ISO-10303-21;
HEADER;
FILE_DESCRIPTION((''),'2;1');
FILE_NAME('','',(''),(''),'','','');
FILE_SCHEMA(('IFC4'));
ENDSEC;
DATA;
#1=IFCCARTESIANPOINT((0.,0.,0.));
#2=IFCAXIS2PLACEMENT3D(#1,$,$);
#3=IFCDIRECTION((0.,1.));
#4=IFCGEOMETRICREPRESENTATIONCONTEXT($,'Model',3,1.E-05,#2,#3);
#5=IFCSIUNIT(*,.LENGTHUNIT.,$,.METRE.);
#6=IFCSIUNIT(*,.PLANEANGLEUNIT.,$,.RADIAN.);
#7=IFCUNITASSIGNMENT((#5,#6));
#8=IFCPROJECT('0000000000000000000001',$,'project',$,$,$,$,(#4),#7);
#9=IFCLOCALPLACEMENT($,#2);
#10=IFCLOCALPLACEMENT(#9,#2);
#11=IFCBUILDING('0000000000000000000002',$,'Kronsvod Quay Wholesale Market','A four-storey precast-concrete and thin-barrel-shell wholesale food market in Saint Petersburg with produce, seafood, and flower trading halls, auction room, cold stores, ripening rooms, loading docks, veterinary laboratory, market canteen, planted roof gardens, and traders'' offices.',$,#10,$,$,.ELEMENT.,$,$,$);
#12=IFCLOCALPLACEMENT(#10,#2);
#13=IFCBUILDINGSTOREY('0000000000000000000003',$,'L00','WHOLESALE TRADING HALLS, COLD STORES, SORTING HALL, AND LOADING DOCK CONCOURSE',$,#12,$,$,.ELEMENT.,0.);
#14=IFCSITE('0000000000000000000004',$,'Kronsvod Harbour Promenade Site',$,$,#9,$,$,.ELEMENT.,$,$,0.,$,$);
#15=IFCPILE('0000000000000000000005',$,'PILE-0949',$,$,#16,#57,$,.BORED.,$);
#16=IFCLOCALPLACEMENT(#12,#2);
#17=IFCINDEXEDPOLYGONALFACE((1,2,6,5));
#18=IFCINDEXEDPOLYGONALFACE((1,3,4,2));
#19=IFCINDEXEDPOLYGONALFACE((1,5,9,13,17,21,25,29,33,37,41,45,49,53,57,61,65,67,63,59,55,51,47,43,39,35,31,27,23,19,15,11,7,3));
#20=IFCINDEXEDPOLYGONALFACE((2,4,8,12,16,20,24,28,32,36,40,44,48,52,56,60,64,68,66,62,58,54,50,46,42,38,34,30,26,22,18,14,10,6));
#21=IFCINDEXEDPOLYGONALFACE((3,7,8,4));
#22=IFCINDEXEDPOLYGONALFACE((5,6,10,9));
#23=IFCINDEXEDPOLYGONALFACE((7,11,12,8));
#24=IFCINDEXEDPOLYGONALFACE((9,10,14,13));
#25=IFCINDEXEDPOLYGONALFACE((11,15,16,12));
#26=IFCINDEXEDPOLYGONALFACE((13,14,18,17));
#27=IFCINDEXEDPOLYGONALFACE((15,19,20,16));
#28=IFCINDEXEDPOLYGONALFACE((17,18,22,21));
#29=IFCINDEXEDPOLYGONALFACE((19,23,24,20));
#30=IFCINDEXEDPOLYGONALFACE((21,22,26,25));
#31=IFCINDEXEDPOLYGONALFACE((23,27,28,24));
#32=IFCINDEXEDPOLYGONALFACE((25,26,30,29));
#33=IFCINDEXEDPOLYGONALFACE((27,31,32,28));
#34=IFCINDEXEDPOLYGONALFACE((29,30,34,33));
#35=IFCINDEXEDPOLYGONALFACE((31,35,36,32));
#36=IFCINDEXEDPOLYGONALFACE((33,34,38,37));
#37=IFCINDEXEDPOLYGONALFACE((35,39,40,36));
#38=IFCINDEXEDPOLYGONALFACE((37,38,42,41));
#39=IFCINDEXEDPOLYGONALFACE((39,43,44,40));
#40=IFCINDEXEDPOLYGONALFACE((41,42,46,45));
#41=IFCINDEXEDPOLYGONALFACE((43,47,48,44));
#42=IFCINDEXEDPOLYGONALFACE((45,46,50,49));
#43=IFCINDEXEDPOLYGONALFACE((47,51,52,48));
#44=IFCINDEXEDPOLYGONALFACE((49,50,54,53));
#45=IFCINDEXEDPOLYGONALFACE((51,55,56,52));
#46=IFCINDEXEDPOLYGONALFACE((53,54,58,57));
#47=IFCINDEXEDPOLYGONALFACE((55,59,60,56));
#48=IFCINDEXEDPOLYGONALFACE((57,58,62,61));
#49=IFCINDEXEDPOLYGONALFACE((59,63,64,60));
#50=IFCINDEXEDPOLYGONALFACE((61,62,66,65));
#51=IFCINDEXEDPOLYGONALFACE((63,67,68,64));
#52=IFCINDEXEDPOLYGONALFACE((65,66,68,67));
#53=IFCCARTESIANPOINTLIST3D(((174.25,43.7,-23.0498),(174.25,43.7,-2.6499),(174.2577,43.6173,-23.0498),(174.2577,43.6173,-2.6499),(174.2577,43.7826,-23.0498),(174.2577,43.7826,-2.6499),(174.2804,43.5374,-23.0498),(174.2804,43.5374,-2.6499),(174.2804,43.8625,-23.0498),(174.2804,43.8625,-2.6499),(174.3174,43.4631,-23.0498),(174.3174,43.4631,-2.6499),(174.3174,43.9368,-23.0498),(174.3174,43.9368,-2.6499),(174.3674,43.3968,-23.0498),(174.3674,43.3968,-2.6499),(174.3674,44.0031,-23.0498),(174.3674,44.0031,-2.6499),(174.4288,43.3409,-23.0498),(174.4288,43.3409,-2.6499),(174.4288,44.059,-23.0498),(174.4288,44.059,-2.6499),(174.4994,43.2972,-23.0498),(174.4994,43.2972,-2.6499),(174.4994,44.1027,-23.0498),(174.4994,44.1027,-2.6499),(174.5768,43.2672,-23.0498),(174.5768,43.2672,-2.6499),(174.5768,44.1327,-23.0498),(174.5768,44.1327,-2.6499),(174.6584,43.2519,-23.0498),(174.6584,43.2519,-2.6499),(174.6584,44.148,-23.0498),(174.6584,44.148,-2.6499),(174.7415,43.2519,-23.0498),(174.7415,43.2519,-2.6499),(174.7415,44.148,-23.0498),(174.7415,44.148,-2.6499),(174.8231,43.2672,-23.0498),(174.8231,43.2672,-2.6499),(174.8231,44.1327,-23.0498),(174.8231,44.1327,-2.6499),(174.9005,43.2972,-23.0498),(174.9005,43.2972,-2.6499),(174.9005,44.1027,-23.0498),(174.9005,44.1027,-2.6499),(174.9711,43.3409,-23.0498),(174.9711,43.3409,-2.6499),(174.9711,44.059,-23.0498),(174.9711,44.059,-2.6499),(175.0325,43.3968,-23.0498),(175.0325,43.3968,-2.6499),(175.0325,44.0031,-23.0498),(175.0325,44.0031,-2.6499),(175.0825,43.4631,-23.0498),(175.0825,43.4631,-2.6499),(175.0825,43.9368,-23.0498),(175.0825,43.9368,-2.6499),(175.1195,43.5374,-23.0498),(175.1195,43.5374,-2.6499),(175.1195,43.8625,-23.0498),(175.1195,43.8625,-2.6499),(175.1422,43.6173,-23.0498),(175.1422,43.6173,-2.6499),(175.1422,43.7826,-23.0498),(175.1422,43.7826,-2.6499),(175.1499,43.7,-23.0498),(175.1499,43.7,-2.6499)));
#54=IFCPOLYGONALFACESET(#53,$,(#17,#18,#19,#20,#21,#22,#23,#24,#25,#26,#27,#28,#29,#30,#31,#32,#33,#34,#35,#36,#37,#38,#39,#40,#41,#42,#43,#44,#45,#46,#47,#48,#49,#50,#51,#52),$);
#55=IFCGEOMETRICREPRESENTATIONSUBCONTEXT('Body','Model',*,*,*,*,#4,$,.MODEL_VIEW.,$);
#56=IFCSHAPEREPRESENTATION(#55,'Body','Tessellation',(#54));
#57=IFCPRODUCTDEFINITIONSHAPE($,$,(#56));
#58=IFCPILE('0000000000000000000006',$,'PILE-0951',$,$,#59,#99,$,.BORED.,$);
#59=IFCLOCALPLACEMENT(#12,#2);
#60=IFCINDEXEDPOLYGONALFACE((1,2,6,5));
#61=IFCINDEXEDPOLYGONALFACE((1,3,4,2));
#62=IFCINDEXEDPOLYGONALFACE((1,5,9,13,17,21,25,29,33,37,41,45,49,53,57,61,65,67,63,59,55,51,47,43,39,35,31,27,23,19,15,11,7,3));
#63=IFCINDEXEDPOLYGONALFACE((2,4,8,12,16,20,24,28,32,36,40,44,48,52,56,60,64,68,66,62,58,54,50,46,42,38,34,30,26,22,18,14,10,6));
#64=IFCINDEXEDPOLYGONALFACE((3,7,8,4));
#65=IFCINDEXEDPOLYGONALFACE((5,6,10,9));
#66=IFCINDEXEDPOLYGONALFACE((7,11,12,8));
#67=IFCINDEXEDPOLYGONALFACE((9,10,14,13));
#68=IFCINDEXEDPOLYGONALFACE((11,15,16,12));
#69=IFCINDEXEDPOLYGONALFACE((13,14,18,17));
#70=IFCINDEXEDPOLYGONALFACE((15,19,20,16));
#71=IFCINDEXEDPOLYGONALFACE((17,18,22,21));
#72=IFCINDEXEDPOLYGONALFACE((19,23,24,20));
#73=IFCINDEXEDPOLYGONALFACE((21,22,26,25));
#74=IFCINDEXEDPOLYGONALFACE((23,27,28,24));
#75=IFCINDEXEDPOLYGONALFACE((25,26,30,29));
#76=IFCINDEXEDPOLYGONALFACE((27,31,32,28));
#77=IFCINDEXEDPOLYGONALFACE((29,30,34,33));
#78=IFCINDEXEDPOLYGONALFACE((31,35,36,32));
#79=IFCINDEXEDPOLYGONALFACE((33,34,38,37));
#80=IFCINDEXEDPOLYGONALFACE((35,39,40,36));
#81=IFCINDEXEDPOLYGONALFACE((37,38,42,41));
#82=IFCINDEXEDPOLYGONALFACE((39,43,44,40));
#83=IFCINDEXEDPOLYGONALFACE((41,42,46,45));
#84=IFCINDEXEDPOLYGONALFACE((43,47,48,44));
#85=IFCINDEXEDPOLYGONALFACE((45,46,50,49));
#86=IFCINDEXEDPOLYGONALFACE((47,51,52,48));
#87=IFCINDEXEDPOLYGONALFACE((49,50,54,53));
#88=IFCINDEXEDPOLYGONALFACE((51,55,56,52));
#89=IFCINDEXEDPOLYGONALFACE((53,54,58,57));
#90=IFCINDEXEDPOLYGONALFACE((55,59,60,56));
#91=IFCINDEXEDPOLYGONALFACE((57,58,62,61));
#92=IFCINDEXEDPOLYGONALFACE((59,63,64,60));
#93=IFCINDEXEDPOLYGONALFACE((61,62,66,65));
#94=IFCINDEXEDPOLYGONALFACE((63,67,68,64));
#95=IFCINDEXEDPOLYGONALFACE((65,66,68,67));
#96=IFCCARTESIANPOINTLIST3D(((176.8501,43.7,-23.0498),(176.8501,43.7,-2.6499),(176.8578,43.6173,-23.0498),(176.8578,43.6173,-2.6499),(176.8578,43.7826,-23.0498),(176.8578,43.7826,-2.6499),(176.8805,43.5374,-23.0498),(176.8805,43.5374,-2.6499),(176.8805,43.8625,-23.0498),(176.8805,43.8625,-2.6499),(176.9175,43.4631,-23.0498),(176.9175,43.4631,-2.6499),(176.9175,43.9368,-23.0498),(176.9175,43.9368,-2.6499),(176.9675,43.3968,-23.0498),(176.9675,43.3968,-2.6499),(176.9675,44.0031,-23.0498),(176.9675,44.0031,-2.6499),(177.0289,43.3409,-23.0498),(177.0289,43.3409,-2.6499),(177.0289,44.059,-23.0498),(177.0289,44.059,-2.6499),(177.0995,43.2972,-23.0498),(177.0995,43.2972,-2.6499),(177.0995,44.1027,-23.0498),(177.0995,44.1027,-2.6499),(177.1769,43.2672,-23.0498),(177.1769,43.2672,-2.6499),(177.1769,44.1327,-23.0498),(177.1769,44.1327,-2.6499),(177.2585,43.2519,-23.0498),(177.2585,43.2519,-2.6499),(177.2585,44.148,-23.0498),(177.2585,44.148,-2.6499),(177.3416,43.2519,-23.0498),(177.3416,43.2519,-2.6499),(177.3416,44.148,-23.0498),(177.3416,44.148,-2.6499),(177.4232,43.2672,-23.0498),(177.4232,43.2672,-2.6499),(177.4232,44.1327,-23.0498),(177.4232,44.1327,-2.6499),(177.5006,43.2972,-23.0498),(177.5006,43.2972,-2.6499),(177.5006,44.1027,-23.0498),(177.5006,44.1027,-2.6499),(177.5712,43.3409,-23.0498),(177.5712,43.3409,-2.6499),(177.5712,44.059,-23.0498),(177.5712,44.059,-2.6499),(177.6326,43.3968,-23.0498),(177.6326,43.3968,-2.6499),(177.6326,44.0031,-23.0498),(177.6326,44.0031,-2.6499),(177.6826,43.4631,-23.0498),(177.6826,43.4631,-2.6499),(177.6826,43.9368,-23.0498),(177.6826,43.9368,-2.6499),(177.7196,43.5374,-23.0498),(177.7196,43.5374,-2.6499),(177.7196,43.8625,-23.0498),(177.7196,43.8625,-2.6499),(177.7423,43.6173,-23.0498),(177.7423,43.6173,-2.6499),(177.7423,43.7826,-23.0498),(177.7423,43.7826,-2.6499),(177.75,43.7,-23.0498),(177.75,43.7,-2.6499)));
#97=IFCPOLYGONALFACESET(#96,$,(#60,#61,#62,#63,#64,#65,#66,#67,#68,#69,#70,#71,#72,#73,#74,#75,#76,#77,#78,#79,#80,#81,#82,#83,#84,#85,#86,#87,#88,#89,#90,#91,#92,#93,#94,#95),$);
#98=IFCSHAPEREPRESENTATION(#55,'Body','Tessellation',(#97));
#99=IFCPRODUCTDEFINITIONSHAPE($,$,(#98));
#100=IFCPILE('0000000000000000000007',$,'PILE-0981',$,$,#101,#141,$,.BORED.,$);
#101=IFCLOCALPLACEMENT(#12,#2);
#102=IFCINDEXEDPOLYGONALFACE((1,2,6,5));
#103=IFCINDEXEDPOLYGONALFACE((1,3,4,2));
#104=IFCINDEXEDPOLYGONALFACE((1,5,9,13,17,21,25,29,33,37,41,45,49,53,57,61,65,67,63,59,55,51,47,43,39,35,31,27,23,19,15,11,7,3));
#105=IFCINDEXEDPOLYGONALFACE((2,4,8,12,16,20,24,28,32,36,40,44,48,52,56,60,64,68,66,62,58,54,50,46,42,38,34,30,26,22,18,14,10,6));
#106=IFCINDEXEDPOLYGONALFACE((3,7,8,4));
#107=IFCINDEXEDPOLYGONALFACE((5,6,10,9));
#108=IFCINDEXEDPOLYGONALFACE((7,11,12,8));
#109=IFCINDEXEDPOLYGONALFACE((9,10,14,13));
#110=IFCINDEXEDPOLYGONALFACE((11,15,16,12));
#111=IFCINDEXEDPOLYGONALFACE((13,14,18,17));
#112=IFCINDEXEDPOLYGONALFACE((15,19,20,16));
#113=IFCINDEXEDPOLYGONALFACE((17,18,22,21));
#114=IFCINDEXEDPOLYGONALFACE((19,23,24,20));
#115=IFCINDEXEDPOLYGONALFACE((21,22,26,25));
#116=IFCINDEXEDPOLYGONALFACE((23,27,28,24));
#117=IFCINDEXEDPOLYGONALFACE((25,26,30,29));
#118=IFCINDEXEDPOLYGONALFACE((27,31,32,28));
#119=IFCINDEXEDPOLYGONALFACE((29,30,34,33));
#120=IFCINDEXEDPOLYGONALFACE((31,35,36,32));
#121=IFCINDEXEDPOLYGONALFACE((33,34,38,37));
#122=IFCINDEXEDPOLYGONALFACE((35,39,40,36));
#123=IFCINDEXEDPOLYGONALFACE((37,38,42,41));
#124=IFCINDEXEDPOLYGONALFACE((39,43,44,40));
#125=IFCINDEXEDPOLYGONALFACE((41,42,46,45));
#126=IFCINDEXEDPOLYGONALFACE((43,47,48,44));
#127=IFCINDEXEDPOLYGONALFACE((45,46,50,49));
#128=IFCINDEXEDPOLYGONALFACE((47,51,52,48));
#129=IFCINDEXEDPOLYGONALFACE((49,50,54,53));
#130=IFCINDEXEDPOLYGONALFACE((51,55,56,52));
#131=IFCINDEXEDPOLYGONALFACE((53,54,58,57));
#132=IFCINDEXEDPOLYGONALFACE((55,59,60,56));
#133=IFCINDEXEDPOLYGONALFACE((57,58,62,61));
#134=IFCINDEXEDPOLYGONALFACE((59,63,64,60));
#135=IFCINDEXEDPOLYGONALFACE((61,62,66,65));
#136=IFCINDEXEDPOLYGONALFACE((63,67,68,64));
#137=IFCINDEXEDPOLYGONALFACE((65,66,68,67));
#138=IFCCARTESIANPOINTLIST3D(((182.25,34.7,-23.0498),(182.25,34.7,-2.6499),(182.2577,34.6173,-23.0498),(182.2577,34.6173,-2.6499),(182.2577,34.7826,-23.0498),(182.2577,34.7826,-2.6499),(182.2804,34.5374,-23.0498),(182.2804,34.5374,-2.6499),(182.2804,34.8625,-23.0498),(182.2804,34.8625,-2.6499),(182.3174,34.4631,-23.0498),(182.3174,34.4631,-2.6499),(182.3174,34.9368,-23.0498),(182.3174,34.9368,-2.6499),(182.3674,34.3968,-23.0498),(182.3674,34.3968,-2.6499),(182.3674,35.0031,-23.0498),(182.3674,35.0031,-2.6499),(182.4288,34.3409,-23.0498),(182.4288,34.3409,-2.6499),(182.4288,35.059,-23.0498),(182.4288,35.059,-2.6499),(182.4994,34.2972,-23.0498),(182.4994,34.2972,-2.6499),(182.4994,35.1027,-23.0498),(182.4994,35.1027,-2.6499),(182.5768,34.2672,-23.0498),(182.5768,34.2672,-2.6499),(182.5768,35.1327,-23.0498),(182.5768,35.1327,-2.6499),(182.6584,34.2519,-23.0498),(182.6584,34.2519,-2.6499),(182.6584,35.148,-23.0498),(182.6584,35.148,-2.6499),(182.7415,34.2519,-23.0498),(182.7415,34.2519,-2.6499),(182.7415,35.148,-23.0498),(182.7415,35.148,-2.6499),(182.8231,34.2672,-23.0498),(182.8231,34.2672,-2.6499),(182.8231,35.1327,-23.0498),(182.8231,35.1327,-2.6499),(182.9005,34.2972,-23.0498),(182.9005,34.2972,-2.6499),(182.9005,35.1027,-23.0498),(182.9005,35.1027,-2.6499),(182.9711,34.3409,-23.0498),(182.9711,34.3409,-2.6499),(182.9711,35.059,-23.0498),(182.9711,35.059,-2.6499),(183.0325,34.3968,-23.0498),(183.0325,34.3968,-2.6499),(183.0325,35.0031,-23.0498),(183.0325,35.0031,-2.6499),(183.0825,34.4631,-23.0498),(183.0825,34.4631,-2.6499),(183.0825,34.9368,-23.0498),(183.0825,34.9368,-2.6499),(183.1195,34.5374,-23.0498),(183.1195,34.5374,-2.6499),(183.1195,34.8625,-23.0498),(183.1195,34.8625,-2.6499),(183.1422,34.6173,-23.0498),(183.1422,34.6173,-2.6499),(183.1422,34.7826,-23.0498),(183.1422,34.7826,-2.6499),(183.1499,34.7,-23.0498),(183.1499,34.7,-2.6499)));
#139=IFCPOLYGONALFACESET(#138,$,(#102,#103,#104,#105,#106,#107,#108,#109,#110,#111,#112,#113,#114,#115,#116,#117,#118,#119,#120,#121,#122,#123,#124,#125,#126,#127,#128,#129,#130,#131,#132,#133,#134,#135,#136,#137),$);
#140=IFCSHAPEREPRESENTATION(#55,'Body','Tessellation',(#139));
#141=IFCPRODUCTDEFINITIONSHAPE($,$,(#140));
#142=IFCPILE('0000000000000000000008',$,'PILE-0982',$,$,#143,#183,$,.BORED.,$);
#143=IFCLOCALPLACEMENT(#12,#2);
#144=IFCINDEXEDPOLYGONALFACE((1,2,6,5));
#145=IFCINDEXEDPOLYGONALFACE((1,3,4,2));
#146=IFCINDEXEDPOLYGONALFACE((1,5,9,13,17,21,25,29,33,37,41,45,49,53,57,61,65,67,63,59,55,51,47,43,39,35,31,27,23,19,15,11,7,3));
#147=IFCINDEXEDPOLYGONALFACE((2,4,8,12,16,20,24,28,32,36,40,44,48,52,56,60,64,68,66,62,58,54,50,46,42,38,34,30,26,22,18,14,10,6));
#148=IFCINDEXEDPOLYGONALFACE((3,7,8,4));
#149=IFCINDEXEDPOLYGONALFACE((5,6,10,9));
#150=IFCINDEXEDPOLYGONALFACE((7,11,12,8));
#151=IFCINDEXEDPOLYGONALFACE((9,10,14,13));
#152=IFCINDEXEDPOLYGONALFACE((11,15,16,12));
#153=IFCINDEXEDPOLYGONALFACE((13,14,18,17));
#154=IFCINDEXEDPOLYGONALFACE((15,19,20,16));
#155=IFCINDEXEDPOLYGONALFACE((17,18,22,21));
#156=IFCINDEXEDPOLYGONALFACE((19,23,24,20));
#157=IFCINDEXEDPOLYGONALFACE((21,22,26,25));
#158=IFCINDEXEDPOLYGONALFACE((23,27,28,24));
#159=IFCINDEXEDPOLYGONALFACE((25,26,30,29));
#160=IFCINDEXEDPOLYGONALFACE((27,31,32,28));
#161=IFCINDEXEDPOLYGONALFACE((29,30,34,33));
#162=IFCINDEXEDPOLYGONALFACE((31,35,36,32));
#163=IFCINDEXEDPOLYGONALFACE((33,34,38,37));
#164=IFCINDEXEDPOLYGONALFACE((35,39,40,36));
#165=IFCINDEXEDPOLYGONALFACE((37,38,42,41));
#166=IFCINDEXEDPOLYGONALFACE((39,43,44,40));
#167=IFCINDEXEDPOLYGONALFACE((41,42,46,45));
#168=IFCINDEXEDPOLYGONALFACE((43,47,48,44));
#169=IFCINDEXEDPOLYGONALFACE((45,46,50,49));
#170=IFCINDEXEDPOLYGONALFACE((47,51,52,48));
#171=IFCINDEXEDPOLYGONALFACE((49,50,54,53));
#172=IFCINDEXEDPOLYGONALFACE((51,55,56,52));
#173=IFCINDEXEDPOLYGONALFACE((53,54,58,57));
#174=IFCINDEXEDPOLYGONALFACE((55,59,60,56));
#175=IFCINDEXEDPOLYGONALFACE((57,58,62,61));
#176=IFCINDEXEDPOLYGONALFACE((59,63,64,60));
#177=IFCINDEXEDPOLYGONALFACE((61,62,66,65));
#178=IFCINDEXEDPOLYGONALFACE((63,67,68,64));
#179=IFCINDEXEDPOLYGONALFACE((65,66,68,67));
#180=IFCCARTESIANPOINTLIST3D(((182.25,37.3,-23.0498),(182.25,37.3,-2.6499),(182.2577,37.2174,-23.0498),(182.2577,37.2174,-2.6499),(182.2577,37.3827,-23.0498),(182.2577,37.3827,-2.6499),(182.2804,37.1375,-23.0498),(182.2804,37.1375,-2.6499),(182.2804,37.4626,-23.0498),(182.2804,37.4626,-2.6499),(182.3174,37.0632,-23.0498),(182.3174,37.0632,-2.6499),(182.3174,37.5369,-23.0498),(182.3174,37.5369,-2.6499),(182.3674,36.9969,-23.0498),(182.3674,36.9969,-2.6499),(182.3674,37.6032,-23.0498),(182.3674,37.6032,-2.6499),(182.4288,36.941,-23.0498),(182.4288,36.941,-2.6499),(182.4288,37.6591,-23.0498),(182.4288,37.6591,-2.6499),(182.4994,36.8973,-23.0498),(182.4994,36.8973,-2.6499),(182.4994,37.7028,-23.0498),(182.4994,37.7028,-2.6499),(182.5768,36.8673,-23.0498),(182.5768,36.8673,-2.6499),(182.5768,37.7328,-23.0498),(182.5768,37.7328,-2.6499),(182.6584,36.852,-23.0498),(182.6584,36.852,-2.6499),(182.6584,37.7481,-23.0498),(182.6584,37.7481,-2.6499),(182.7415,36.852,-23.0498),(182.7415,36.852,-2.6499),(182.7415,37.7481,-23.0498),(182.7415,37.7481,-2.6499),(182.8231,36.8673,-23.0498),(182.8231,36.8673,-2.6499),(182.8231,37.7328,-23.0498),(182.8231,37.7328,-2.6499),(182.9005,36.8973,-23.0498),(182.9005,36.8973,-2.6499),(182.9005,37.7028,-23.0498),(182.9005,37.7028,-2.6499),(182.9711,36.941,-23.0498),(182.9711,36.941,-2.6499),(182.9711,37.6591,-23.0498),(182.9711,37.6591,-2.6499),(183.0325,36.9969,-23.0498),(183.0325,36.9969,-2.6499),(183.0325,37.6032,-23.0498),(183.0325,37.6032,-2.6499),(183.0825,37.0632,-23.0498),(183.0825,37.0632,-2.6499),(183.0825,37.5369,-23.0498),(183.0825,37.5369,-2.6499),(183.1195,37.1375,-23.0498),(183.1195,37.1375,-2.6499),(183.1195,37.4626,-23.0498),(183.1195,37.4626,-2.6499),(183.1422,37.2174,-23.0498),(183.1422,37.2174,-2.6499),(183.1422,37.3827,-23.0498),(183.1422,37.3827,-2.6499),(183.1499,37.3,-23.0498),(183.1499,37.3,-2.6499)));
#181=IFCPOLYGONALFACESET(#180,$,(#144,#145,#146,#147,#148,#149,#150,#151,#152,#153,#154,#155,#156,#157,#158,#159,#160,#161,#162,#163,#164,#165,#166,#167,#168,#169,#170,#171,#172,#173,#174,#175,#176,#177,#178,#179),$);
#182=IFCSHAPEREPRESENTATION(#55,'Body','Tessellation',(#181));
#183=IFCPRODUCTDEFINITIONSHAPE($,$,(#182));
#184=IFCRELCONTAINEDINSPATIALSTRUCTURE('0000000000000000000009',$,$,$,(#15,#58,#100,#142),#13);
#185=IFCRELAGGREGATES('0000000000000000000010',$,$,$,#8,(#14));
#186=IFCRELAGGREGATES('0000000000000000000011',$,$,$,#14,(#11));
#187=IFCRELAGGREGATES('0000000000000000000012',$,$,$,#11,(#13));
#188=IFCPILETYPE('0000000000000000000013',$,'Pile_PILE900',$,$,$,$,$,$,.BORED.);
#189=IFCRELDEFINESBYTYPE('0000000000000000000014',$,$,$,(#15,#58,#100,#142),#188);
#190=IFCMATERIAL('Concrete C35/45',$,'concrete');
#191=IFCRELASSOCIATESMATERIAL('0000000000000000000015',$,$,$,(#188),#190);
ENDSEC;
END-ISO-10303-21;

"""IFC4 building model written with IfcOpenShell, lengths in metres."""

from ifc_helpers import new_model, si_unit, direction, frame, origin, origin_2d, place, context, subcontext, project, spatial, circle, extrude, material, material_profile, profile_set, type_object, element, save


model = new_model("IFC4")

# Units and contexts
model_context = context("Model", 3, precision=1e-05, world=origin(), true_north=direction((0.0, 1.0)))
body_context = subcontext(model_context, "Body", "Model", "MODEL_VIEW")
ifc_project = project(units=[si_unit("LENGTHUNIT", "METRE"), si_unit("PLANEANGLEUNIT", "RADIAN")], contexts=[model_context])

# Site, building, storey
site_placement = place(None, origin())
site = spatial("IfcSite", under=ifc_project, at=site_placement, Name="Kronsvod Harbour Promenade Site", CompositionType="ELEMENT", RefElevation=0.0)
building_placement = place(site_placement, origin())
building = spatial("IfcBuilding", under=site, at=building_placement, Name="Kronsvod Quay Wholesale Market", Description="A four-storey precast-concrete and thin-barrel-shell wholesale food market in Saint Petersburg with produce, seafood, and flower trading halls, auction room, cold stores, ripening rooms, loading docks, veterinary laboratory, market canteen, planted roof gardens, and traders' offices.", CompositionType="ELEMENT")
storey_placement = place(building_placement, origin())
storey = spatial("IfcBuildingStorey", under=building, at=storey_placement, Name="L00", Description="WHOLESALE TRADING HALLS, COLD STORES, SORTING HALL, AND LOADING DOCK CONCOURSE", CompositionType="ELEMENT", Elevation=0.0)

# Piles
ifc_material_1 = material(Name="Concrete C35/45", Category="concrete")
ifc_material_profile_1 = material_profile(ifc_material_1, circle(Radius=0.45, at=origin_2d()), Name="PILE900")
ifc_profile_set_1 = profile_set([ifc_material_profile_1], Name="Concrete C35/45")
pile_type = type_object("IfcPileType", Name="Pile_PILE900", PredefinedType="BORED", material=ifc_profile_set_1)
for number, where, z_axis, x_axis, name in (
    (1, (174.7, 43.7, -2.6499), (0.0, 0.0, -1.0), (1.0, 0.0, 0.0), "PILE-0949"),
    (2, (177.3, 43.7, -2.6499), (0.0, 0.0, -1.0), (1.0, 0.0, 0.0), "PILE-0951"),
    (3, (182.7, 34.7, -2.6499), (0.0, 0.0, -1.0), (1.0, 0.0, 0.0), "PILE-0981"),
    (4, (182.7, 37.3, -2.6499), (0.0, 0.0, -1.0), (1.0, 0.0, 0.0), "PILE-0982"),
):
    element("IfcPile", number, at=place(storey_placement, frame(where, z_axis=z_axis, x_axis=x_axis)), inside=storey, type_object=pile_type, Name=name, PredefinedType="BORED", context=body_context, shape_type="SweptSolid", body=[
        extrude(circle(Radius=0.45, at=origin_2d()), origin(), (0.0, 0.0, 1.0), 20.3999),
    ])

save(model, "model.ifc")
